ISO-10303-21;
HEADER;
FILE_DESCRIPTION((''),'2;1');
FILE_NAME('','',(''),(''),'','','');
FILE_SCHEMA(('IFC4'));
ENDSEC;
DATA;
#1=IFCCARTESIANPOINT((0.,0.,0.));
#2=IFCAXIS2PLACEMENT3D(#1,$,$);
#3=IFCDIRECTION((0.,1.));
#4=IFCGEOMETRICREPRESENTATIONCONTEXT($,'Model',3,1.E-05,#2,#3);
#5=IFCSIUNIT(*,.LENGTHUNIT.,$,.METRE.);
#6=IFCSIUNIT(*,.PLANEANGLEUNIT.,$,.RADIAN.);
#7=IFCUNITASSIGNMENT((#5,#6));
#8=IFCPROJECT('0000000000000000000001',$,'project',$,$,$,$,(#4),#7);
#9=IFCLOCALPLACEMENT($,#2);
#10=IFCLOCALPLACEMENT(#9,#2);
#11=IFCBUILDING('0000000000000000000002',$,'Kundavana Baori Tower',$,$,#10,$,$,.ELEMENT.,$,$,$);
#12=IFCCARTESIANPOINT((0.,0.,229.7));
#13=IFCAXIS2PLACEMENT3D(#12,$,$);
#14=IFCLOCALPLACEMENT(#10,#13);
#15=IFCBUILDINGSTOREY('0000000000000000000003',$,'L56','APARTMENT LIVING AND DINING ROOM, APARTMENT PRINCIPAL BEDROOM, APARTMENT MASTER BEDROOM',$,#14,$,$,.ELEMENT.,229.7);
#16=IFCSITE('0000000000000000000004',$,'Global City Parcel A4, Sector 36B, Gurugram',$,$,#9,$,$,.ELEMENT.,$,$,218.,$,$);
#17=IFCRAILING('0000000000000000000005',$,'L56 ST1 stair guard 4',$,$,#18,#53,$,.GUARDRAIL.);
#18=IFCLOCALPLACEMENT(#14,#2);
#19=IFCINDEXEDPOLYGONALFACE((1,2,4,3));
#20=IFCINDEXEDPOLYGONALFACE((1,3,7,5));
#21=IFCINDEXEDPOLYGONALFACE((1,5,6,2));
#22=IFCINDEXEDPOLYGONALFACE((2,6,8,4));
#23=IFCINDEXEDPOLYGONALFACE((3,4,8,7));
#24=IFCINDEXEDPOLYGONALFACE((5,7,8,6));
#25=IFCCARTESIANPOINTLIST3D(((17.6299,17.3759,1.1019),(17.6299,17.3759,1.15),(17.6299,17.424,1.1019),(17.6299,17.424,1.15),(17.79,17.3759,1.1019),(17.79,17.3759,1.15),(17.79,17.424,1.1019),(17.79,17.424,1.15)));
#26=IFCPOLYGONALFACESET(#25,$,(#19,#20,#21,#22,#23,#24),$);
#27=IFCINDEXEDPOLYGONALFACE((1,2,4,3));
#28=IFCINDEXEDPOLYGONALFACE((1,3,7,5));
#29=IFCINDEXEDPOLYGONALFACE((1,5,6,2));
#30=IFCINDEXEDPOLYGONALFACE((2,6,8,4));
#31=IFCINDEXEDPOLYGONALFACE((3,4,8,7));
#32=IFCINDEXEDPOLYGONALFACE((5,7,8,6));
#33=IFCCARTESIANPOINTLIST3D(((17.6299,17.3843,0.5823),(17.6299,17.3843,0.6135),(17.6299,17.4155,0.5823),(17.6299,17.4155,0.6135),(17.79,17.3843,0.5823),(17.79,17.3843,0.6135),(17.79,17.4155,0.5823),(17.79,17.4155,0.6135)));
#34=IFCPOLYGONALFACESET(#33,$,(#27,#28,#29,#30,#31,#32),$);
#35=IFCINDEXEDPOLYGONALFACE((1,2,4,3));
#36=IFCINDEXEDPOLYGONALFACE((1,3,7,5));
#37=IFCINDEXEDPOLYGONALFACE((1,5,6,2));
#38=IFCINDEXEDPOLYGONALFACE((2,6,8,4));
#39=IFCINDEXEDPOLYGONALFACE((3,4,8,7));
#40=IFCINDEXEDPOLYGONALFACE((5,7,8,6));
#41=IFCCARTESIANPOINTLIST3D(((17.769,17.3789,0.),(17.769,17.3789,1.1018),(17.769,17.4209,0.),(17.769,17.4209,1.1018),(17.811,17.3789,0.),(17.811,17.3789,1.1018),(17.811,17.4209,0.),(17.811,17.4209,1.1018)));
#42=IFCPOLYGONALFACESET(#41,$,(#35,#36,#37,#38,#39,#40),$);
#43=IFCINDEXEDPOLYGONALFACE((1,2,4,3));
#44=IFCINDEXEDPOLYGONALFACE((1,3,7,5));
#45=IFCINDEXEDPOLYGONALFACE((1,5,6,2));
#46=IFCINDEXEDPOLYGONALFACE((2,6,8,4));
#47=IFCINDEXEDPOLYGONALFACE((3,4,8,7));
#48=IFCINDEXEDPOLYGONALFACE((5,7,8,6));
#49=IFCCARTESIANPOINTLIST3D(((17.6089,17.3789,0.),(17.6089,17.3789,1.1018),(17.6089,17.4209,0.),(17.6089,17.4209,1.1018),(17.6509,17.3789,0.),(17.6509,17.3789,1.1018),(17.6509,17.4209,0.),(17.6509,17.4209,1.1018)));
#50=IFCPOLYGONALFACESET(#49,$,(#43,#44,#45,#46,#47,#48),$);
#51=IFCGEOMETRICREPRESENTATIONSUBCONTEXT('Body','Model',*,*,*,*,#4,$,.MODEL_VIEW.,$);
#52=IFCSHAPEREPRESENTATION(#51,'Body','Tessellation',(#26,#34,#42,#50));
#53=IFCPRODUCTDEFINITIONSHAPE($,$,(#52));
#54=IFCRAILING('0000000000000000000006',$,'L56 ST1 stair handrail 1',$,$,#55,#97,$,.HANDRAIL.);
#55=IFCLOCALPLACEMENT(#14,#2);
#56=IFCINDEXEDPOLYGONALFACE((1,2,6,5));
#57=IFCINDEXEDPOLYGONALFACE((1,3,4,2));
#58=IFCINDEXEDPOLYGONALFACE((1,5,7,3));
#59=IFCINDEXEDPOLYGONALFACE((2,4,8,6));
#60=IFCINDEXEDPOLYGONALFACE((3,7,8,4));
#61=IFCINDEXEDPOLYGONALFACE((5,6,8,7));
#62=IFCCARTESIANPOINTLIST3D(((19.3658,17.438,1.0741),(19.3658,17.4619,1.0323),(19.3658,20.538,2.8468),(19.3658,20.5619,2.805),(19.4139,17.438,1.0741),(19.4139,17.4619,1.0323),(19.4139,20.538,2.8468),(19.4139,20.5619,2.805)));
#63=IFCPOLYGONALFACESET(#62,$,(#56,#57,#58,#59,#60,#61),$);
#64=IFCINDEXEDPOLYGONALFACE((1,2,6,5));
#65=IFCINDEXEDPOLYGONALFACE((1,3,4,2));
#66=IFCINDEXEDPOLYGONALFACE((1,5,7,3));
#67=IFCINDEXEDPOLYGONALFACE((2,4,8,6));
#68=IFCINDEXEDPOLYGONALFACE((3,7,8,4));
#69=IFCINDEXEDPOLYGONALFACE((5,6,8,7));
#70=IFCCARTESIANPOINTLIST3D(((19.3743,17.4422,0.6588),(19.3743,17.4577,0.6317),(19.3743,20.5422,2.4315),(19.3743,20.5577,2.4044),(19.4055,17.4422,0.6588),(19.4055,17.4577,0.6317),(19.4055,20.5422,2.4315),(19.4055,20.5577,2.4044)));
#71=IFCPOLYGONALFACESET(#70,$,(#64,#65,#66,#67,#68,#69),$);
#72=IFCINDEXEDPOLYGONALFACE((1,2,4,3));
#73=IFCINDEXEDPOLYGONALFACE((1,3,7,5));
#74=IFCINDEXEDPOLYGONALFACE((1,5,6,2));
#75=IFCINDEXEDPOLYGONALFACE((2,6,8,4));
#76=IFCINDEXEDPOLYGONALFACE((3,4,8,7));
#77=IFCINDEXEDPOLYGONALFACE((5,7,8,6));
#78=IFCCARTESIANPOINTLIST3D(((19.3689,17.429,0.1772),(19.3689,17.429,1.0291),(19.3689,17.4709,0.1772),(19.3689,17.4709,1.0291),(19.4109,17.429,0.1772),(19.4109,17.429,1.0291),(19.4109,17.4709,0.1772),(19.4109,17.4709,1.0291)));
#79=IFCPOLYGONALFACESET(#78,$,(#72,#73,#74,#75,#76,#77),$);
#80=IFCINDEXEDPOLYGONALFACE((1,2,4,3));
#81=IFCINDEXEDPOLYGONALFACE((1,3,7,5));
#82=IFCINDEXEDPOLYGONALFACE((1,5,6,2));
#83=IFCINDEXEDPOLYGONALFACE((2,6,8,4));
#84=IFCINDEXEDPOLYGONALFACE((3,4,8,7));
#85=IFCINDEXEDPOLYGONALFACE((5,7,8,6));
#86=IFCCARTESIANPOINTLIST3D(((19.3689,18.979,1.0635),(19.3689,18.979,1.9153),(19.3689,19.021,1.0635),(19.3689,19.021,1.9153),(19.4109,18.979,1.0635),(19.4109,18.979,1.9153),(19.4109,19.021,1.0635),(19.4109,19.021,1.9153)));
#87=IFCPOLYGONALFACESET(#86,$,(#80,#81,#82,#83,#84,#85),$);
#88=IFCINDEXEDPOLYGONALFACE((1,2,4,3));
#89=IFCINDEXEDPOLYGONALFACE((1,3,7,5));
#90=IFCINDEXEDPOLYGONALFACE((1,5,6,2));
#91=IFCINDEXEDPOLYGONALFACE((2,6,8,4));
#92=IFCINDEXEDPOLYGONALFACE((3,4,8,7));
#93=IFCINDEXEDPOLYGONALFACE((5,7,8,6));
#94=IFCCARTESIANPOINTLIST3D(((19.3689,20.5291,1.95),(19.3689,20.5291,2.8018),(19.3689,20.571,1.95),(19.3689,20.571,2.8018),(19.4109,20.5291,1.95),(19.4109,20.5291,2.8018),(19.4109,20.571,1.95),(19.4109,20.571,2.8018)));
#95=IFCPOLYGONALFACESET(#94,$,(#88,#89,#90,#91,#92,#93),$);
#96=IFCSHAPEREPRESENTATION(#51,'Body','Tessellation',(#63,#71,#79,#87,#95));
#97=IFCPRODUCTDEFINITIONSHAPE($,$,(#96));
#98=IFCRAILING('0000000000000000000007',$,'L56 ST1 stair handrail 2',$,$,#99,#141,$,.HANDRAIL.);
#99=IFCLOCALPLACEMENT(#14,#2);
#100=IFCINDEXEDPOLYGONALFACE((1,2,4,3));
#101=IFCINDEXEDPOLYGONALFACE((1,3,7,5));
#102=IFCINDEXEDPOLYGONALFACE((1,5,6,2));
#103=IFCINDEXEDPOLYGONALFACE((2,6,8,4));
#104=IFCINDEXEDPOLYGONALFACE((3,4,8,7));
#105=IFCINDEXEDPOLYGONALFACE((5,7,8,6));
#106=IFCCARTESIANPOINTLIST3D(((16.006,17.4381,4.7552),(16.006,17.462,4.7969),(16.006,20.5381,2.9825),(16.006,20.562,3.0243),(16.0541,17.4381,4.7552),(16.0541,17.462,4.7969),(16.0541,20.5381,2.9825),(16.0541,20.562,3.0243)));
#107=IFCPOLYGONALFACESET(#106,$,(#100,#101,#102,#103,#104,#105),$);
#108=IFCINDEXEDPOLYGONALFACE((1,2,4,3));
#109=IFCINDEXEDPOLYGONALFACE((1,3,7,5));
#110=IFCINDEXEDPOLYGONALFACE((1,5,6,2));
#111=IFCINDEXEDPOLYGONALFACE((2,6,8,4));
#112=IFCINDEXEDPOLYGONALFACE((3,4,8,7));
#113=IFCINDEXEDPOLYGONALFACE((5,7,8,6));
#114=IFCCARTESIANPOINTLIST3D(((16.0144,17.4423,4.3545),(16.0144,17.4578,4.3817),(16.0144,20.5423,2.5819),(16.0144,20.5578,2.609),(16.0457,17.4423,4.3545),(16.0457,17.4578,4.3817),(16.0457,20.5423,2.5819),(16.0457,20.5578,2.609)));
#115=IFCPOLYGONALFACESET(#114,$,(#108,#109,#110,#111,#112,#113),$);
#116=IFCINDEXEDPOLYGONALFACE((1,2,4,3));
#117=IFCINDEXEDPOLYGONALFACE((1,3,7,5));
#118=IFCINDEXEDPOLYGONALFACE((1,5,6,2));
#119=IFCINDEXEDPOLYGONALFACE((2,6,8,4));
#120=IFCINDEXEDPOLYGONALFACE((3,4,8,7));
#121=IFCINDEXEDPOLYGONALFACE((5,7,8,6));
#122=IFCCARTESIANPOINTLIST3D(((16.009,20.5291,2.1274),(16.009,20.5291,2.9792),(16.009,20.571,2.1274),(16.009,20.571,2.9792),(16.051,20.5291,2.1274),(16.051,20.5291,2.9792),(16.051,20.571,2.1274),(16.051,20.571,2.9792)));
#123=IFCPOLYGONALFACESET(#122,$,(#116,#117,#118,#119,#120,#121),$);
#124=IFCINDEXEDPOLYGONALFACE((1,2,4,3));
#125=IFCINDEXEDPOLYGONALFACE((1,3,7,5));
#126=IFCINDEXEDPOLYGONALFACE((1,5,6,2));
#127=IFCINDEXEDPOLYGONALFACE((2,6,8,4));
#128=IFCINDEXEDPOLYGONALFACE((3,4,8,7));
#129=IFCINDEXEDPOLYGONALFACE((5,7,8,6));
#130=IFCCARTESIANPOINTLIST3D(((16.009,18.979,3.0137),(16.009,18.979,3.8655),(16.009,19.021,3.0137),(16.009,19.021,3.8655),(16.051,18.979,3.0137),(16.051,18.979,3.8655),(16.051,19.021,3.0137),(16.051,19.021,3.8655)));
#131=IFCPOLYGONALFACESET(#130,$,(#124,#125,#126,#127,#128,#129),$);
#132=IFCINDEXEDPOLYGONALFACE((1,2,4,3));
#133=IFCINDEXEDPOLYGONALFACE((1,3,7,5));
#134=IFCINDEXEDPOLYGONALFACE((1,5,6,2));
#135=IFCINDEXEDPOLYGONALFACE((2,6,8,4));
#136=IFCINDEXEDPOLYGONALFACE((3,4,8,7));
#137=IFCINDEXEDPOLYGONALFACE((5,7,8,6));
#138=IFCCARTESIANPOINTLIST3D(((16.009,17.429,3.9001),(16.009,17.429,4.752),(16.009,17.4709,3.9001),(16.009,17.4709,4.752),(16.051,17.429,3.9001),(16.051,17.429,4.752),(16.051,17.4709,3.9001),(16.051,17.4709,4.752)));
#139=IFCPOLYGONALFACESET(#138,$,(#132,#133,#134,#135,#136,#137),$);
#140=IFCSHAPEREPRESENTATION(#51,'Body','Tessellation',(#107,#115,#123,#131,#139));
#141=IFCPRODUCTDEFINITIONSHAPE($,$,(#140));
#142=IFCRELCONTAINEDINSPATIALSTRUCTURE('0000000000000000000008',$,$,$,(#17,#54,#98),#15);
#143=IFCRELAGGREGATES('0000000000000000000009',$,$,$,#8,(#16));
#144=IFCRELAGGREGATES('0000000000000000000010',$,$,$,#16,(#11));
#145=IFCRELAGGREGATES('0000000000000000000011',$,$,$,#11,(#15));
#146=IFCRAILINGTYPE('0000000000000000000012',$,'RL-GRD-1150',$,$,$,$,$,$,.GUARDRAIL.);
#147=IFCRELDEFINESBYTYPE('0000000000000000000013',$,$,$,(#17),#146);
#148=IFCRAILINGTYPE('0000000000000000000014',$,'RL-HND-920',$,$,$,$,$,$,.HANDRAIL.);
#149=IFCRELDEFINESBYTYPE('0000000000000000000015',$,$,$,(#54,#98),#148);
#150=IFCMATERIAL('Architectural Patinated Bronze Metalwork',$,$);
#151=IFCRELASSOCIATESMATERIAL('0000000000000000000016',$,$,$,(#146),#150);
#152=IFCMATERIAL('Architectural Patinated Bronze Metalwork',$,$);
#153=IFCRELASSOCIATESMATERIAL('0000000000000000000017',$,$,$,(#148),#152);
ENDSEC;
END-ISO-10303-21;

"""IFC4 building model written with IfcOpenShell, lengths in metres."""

from ifc_helpers import new_model, si_unit, direction, frame, origin, origin_2d, place, context, subcontext, project, spatial, rectangle, extrude, material, type_object, element, save


model = new_model("IFC4")

# Units and contexts
model_context = context("Model", 3, precision=1e-05, world=origin(), true_north=direction((0.0, 1.0)))
body_context = subcontext(model_context, "Body", "Model", "MODEL_VIEW")
ifc_project = project(units=[si_unit("LENGTHUNIT", "METRE"), si_unit("PLANEANGLEUNIT", "RADIAN")], contexts=[model_context])

# Site, building, storey
site_placement = place(None, origin())
site = spatial("IfcSite", under=ifc_project, at=site_placement, Name="Global City Parcel A4, Sector 36B, Gurugram", CompositionType="ELEMENT", RefElevation=218.0)
building_placement = place(site_placement, origin())
building = spatial("IfcBuilding", under=site, at=building_placement, Name="Kundavana Baori Tower", CompositionType="ELEMENT")
storey_placement = place(building_placement, frame((0.0, 0.0, 229.7)))
storey = spatial("IfcBuildingStorey", under=building, at=storey_placement, Name="L56", Description="APARTMENT LIVING AND DINING ROOM, APARTMENT PRINCIPAL BEDROOM, APARTMENT MASTER BEDROOM", CompositionType="ELEMENT", Elevation=229.7)

# Railings
ifc_material_1 = material(Name="Architectural Patinated Bronze Metalwork")
railing_type_1 = type_object("IfcRailingType", Name="RL-GRD-1150", PredefinedType="GUARDRAIL", material=ifc_material_1)
railing_1_placement = place(storey_placement, frame((17.79, 17.3999, 0.0)))
element("IfcRailing", 1, at=railing_1_placement, inside=storey, type_object=railing_type_1, Name="L56 ST1 stair guard 4", PredefinedType="GUARDRAIL", context=body_context, shape_type="SweptSolid", body=[
    extrude(rectangle(XDim=0.0481, YDim=0.0481, at=origin_2d()), frame((0.0, 0.0, 1.126), z_axis=(-1.0, 0.0, 0.0), x_axis=(0.0, -1.0, 0.0)), (0.0, 0.0, 1.0), 0.1602),
    extrude(rectangle(XDim=0.0312, YDim=0.0312, at=origin_2d()), frame((0.0, 0.0, 0.5979), z_axis=(-1.0, 0.0, 0.0), x_axis=(0.0, -1.0, 0.0)), (0.0, 0.0, 1.0), 0.1602),
    extrude(rectangle(XDim=0.042, YDim=0.042, at=origin_2d()), origin(), (0.0, 0.0, 1.0), 1.1018),
    extrude(rectangle(XDim=0.042, YDim=0.042, at=origin_2d()), frame((-0.1602, 0.0, 0.0)), (0.0, 0.0, 1.0), 1.1018),
])
ifc_material_2 = material(Name="Architectural Patinated Bronze Metalwork")
railing_type_2 = type_object("IfcRailingType", Name="RL-HND-920", PredefinedType="HANDRAIL", material=ifc_material_2)
railing_2_placement = place(storey_placement, frame((19.3899, 17.45, 0.1772)))
element("IfcRailing", 2, at=railing_2_placement, inside=storey, type_object=railing_type_2, Name="L56 ST1 stair handrail 1", PredefinedType="HANDRAIL", context=body_context, shape_type="SweptSolid", body=[
    extrude(rectangle(XDim=0.0481, YDim=0.0481, at=origin_2d()), frame((0.0, 0.0, 0.876), z_axis=(0.0, 0.868096, 0.496397), x_axis=(-1.0, 0.0, 0.0)), (0.0, 0.0, 1.0), 3.571),
    extrude(rectangle(XDim=0.0312, YDim=0.0312, at=origin_2d()), frame((0.0, 0.0, 0.468), z_axis=(0.0, 0.868096, 0.496397), x_axis=(-1.0, 0.0, 0.0)), (0.0, 0.0, 1.0), 3.571),
    extrude(rectangle(XDim=0.042, YDim=0.042, at=origin_2d()), origin(), (0.0, 0.0, 1.0), 0.8518),
    extrude(rectangle(XDim=0.042, YDim=0.042, at=origin_2d()), frame((0.0, 1.55, 0.8862)), (0.0, 0.0, 1.0), 0.8518),
    extrude(rectangle(XDim=0.042, YDim=0.042, at=origin_2d()), frame((0.0, 3.1001, 1.7727)), (0.0, 0.0, 1.0), 0.8518),
])
railing_3_placement = place(storey_placement, frame((16.03, 20.55, 2.1274)))
element("IfcRailing", 3, at=railing_3_placement, inside=storey, type_object=railing_type_2, Name="L56 ST1 stair handrail 2", PredefinedType="HANDRAIL", context=body_context, shape_type="SweptSolid", body=[
    extrude(rectangle(XDim=0.0481, YDim=0.0481, at=origin_2d()), frame((0.0, 0.0, 0.876), z_axis=(0.0, -0.868096, 0.496397), x_axis=(1.0, 0.0, 0.0)), (0.0, 0.0, 1.0), 3.571),
    extrude(rectangle(XDim=0.0312, YDim=0.0312, at=origin_2d()), frame((0.0, 0.0, 0.468), z_axis=(0.0, -0.868096, 0.496397), x_axis=(1.0, 0.0, 0.0)), (0.0, 0.0, 1.0), 3.571),
    extrude(rectangle(XDim=0.042, YDim=0.042, at=origin_2d()), origin(), (0.0, 0.0, 1.0), 0.8518),
    extrude(rectangle(XDim=0.042, YDim=0.042, at=origin_2d()), frame((0.0, -1.55, 0.8862)), (0.0, 0.0, 1.0), 0.8518),
    extrude(rectangle(XDim=0.042, YDim=0.042, at=origin_2d()), frame((0.0, -3.1001, 1.7727)), (0.0, 0.0, 1.0), 0.8518),
])

save(model, "model.ifc")
